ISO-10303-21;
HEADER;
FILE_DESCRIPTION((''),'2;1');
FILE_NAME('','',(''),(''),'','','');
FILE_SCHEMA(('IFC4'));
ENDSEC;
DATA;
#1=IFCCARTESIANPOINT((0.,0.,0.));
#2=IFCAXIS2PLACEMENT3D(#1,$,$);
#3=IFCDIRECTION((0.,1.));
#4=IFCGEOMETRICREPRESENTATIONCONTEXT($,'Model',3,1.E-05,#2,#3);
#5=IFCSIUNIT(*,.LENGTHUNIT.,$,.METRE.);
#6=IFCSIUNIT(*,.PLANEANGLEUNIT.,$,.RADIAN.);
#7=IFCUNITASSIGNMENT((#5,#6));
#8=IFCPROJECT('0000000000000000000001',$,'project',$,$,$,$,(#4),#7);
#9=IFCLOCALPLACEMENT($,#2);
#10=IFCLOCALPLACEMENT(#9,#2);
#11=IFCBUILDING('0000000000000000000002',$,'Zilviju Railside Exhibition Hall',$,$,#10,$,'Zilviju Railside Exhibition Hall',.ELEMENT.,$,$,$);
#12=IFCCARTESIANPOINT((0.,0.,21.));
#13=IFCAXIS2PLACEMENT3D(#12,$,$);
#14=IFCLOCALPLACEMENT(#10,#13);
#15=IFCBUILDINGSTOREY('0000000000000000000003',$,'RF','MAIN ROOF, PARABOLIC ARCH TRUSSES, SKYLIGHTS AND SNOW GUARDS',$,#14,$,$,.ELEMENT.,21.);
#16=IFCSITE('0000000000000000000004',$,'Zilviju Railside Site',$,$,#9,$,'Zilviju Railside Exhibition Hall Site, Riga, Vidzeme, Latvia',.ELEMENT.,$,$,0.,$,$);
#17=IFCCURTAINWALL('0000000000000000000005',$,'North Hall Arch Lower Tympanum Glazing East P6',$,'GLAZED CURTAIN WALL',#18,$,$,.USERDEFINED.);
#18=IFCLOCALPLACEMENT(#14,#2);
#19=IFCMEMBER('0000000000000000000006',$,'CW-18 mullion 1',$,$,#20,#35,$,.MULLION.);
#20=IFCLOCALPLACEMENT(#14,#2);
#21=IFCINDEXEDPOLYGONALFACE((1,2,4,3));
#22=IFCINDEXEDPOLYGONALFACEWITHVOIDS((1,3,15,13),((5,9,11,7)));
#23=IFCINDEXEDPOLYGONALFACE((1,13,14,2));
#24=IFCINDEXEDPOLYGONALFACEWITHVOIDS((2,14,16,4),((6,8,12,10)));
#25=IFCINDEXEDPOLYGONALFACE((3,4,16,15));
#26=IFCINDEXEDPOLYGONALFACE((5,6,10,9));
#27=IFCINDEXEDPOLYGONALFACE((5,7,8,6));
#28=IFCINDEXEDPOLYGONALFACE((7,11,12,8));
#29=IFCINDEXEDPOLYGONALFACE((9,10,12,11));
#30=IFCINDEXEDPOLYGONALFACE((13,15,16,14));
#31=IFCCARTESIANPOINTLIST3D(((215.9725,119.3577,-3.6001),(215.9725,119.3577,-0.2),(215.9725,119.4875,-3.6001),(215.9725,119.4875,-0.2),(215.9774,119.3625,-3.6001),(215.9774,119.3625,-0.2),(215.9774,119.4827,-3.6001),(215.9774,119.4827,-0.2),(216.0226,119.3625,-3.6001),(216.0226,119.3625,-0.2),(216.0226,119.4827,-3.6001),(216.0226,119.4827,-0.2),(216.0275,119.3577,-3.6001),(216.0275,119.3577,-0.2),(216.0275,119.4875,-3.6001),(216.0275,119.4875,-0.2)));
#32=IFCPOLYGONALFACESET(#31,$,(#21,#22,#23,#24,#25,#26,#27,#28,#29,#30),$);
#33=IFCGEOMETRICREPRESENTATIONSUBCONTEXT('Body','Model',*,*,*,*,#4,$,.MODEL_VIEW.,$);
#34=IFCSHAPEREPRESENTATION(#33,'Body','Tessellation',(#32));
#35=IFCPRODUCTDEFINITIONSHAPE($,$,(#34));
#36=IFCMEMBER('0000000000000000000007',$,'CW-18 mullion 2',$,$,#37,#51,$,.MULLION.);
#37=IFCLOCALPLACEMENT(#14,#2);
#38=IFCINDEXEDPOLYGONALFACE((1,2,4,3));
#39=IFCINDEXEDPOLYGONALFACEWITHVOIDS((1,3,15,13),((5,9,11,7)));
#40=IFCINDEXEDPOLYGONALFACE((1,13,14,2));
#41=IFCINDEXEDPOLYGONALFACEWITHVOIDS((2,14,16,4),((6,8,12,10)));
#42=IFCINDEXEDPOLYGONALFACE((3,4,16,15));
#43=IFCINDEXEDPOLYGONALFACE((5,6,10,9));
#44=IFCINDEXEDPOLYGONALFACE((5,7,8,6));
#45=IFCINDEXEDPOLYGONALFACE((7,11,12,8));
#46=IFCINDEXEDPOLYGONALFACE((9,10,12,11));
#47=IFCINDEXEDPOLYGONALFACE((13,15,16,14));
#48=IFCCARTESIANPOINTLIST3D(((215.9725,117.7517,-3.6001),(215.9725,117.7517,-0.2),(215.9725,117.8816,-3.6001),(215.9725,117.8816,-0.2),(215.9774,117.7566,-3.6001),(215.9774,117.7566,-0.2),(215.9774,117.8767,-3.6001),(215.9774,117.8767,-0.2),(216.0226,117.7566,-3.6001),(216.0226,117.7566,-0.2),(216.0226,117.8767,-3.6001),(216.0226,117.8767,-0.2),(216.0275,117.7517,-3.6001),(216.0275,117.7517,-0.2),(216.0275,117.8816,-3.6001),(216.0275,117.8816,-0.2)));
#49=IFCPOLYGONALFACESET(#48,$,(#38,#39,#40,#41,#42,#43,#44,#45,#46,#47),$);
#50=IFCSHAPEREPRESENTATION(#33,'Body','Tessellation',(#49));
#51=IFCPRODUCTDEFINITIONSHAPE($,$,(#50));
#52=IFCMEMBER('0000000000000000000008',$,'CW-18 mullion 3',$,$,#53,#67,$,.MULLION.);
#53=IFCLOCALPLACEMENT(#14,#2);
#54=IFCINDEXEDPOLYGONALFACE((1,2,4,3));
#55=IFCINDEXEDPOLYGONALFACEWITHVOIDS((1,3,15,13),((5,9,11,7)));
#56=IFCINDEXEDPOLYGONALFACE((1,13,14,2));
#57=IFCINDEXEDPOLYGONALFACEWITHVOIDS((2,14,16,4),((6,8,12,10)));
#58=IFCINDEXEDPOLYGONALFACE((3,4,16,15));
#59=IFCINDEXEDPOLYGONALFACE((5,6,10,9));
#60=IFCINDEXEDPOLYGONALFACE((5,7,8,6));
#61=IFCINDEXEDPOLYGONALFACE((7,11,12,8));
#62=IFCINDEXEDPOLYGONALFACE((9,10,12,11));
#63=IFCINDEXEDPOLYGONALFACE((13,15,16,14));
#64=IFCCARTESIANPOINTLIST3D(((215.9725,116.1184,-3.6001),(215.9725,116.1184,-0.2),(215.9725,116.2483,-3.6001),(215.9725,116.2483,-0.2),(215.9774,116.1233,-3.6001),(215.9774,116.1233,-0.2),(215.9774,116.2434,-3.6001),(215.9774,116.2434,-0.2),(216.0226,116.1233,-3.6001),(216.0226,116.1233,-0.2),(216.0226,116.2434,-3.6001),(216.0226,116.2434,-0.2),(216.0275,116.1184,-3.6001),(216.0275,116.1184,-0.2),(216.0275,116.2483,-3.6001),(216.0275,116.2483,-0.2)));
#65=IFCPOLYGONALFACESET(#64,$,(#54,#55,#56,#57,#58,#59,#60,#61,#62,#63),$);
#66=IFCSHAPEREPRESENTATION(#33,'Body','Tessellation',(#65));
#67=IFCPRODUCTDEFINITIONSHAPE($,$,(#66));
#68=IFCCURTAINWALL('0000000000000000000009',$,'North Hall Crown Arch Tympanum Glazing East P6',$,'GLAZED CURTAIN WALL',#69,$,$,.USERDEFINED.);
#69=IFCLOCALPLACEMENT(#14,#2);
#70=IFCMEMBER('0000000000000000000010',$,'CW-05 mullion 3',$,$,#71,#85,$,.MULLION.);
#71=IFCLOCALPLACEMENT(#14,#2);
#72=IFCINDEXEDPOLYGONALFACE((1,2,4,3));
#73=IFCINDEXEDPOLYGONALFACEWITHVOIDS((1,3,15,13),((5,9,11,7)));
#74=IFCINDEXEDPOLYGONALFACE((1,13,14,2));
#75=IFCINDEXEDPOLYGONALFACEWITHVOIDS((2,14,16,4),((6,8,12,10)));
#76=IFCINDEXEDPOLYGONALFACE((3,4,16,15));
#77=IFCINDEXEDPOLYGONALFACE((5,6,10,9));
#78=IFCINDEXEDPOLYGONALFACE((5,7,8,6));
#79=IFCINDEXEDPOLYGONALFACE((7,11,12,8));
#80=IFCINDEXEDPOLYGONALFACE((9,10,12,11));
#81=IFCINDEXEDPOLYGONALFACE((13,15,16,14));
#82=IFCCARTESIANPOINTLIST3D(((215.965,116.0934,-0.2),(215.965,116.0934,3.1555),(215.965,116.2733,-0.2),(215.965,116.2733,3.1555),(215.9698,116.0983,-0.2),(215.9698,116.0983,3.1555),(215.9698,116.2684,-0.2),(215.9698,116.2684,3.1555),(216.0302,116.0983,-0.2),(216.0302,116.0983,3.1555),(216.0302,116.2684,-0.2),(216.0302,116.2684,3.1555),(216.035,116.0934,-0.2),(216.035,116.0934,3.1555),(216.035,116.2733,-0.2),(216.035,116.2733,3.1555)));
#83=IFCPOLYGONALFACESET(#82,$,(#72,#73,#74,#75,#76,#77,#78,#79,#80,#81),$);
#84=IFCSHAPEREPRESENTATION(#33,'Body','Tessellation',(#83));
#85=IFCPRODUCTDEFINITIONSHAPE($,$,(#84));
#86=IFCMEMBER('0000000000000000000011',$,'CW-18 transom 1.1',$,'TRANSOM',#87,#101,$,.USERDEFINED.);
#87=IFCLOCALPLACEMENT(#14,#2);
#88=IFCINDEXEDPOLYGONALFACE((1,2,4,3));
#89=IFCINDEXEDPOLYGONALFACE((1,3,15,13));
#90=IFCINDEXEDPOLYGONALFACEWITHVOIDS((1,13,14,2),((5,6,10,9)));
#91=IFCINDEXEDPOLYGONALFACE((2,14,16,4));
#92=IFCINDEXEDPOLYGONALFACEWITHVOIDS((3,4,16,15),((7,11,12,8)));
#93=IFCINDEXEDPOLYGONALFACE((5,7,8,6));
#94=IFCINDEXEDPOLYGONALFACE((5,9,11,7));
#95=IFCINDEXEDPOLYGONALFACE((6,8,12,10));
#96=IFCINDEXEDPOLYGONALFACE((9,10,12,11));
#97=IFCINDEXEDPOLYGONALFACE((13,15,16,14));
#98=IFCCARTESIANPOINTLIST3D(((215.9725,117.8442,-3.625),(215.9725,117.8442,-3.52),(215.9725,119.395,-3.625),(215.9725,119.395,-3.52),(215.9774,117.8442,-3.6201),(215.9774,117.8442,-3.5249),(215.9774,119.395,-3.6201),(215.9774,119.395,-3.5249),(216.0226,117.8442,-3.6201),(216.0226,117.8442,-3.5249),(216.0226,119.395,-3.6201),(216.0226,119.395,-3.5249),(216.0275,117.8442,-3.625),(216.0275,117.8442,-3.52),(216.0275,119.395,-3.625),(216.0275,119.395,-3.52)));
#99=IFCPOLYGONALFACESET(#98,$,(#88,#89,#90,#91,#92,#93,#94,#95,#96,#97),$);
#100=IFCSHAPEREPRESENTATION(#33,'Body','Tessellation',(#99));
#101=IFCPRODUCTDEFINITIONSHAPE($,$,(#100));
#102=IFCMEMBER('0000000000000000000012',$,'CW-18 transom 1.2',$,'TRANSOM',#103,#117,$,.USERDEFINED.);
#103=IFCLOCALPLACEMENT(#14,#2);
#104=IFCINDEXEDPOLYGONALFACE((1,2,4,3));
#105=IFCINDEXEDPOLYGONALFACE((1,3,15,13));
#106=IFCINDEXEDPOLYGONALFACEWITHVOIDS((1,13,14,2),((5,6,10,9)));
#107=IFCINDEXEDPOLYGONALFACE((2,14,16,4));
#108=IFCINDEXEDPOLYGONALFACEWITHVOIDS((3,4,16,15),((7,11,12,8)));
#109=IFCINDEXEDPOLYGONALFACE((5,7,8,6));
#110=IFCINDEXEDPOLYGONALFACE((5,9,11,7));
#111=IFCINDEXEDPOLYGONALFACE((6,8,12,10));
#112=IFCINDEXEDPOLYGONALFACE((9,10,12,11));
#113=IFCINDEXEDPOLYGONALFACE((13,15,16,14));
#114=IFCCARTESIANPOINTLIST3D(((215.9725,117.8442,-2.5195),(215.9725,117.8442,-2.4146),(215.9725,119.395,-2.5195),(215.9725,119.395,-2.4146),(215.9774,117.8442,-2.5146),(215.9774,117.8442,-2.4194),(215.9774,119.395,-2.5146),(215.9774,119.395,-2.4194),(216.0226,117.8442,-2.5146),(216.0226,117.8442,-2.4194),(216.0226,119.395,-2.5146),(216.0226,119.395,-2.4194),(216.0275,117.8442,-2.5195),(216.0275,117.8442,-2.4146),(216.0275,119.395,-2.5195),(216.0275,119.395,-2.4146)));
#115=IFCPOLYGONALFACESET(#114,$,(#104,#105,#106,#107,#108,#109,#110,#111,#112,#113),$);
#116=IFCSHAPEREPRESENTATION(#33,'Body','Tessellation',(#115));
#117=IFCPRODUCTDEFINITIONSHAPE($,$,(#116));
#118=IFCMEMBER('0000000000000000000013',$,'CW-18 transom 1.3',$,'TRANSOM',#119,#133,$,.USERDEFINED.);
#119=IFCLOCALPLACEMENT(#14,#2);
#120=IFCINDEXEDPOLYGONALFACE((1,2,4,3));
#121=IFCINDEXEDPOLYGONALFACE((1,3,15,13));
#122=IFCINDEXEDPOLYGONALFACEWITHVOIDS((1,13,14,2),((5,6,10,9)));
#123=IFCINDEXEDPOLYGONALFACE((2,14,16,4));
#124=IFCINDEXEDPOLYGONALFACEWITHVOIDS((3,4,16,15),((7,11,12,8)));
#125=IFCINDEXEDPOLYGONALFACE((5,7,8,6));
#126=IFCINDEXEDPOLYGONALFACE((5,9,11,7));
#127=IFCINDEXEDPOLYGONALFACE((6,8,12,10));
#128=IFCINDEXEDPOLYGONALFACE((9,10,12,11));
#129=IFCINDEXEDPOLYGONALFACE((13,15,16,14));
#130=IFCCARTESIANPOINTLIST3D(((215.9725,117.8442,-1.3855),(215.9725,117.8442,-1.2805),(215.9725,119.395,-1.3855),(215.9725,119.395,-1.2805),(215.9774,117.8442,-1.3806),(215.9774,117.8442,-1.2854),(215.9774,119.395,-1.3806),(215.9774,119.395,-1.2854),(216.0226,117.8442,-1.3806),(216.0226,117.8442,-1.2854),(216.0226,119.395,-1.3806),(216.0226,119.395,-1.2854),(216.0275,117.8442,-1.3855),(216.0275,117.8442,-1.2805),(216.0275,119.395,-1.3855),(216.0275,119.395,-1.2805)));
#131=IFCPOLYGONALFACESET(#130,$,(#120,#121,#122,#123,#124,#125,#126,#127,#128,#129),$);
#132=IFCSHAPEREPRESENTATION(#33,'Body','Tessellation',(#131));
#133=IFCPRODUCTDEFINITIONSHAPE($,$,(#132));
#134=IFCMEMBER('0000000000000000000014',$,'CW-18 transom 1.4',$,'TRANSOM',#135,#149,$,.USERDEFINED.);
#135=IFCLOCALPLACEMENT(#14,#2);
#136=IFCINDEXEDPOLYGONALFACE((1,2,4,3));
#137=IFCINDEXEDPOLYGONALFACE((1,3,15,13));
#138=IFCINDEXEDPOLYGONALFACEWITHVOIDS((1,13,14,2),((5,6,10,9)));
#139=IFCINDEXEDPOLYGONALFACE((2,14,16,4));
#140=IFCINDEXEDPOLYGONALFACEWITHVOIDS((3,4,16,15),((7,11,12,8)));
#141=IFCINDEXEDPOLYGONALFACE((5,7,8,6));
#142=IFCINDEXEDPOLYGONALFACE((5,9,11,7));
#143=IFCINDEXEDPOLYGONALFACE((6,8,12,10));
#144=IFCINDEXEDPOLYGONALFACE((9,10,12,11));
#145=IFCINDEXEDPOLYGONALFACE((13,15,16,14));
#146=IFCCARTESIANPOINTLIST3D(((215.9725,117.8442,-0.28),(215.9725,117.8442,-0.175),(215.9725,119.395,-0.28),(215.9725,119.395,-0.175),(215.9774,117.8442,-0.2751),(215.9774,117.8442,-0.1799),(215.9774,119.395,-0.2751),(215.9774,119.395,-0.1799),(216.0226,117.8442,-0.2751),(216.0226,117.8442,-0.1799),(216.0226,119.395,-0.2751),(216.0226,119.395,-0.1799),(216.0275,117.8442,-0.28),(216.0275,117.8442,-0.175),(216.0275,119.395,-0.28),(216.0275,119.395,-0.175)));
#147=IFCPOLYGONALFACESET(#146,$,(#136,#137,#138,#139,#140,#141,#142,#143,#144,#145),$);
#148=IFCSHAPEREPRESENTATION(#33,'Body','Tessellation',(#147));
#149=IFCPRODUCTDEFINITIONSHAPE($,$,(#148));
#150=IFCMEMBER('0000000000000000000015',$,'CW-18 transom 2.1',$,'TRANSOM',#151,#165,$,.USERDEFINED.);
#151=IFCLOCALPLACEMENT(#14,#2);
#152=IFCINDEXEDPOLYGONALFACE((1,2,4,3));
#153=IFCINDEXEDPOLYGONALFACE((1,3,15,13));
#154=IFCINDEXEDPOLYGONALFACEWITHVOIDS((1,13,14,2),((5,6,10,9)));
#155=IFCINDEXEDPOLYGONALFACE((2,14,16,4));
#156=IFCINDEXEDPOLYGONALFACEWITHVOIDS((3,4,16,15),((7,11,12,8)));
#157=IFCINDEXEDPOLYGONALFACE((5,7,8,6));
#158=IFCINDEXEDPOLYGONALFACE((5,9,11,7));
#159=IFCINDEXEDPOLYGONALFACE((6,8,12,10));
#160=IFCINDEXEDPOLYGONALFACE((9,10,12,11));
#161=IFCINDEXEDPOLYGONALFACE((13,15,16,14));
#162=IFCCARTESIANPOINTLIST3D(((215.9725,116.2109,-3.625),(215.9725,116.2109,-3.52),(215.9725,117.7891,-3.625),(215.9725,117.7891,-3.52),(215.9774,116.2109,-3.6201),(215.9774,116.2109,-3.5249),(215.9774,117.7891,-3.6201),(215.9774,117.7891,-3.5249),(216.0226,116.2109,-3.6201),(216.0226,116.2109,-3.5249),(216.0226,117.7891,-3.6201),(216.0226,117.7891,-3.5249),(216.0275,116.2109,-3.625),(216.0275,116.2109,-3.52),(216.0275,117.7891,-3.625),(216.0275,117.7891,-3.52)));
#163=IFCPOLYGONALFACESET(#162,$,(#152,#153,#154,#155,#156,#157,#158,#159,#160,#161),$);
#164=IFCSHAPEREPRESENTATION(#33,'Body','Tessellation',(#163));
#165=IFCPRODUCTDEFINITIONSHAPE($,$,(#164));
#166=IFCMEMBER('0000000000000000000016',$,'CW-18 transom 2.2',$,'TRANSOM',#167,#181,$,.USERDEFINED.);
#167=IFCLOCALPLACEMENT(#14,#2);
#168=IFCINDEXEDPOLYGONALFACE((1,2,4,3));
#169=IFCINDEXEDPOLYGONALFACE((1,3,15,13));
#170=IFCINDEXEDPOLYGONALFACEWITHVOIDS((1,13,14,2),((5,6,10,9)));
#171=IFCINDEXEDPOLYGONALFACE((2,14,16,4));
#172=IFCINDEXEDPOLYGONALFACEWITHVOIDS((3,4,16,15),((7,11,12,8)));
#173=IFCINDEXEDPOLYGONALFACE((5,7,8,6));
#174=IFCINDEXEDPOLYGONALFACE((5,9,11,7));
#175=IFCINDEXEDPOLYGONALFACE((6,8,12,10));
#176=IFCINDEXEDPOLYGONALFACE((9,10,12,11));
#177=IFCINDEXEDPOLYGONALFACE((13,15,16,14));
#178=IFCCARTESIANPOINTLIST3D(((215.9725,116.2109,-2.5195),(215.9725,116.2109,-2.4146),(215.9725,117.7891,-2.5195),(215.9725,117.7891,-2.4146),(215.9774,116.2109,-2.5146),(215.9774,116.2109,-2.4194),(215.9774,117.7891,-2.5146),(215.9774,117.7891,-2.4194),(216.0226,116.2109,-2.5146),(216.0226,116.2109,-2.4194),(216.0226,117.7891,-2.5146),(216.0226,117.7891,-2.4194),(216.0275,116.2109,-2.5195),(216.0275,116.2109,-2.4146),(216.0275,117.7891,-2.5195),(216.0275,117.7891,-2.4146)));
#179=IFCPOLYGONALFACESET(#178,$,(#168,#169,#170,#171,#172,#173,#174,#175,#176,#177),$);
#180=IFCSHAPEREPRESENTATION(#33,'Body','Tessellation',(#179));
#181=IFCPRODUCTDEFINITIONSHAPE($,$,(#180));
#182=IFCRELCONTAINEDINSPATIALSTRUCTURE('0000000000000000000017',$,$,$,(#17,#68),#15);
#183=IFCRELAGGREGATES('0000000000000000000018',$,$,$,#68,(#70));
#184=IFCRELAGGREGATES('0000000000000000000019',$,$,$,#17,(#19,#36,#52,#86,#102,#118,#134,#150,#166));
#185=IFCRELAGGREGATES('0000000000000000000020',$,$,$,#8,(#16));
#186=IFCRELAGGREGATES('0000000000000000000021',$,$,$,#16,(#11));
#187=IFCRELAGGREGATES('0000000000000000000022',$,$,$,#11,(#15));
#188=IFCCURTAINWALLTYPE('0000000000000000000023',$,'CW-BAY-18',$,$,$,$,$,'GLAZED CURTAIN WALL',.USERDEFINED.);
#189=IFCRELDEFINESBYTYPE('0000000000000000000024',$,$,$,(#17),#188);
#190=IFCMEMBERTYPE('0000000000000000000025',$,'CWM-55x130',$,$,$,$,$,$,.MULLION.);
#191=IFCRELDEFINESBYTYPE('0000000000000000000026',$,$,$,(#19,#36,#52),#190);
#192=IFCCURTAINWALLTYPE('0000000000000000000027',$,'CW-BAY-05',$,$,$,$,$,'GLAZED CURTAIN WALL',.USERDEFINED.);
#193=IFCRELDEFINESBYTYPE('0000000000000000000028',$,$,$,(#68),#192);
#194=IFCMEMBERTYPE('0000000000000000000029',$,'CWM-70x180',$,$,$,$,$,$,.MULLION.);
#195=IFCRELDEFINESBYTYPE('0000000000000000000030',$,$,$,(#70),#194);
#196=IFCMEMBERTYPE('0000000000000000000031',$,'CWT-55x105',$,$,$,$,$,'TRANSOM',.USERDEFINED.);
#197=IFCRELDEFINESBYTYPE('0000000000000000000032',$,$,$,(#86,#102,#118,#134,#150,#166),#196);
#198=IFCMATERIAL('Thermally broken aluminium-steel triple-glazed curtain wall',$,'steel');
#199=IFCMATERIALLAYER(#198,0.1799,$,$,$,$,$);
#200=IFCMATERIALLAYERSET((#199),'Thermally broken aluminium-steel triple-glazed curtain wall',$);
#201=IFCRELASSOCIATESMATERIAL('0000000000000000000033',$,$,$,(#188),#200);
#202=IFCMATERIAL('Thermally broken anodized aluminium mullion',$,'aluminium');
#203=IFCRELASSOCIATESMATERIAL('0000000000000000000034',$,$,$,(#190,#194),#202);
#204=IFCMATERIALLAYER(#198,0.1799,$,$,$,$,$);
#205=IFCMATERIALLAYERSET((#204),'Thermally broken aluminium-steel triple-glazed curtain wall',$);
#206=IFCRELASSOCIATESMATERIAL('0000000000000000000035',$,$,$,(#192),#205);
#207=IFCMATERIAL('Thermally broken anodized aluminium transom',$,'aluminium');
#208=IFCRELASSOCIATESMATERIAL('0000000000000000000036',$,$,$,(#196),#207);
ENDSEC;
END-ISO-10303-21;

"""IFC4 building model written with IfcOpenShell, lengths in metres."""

from ifc_helpers import new_model, si_unit, direction, frame, origin, origin_2d, place, context, subcontext, project, spatial, hollow_rectangle, extrude, material, layer, layer_set, material_profile, profile_set, type_object, element, aggregate, save


model = new_model("IFC4")

# Units and contexts
model_context = context("Model", 3, precision=1e-05, world=origin(), true_north=direction((0.0, 1.0)))
body_context = subcontext(model_context, "Body", "Model", "MODEL_VIEW")
ifc_project = project(units=[si_unit("LENGTHUNIT", "METRE"), si_unit("PLANEANGLEUNIT", "RADIAN")], contexts=[model_context])

# Site, building, storey
site_placement = place(None, origin())
site = spatial("IfcSite", under=ifc_project, at=site_placement, Name="Zilviju Railside Site", LongName="Zilviju Railside Exhibition Hall Site, Riga, Vidzeme, Latvia", CompositionType="ELEMENT", RefElevation=0.0)
building_placement = place(site_placement, origin())
building = spatial("IfcBuilding", under=site, at=building_placement, Name="Zilviju Railside Exhibition Hall", LongName="Zilviju Railside Exhibition Hall", CompositionType="ELEMENT")
storey_placement = place(building_placement, frame((0.0, 0.0, 21.0)))
storey = spatial("IfcBuildingStorey", under=building, at=storey_placement, Name="RF", Description="MAIN ROOF, PARABOLIC ARCH TRUSSES, SKYLIGHTS AND SNOW GUARDS", CompositionType="ELEMENT", Elevation=21.0)

# Curtain wall, members
ifc_material_1 = material(Name="Thermally broken aluminium-steel triple-glazed curtain wall", Category="steel")
ifc_layer_1 = layer(ifc_material_1, 0.1799)
ifc_layer_set_1 = layer_set([ifc_layer_1], Name="Thermally broken aluminium-steel triple-glazed curtain wall")
curtain_wall_type_1 = type_object("IfcCurtainWallType", Name="CW-BAY-18", ElementType="GLAZED CURTAIN WALL", PredefinedType="USERDEFINED", material=ifc_layer_set_1)
curtain_wall_1_placement = place(storey_placement, origin())
curtain_wall_1 = element("IfcCurtainWall", 1, at=curtain_wall_1_placement, inside=storey, type_object=curtain_wall_type_1, Name="North Hall Arch Lower Tympanum Glazing East P6", ObjectType="GLAZED CURTAIN WALL", PredefinedType="USERDEFINED")
ifc_material_2 = material(Name="Thermally broken anodized aluminium mullion", Category="aluminium")
ifc_material_profile_1 = material_profile(ifc_material_2, hollow_rectangle(XDim=0.0549, YDim=0.1299, WallThickness=0.0049, at=origin_2d()), Name="MULLION 130x55x5")
ifc_profile_set_1 = profile_set([ifc_material_profile_1], Name="Thermally broken anodized aluminium mullion")
member_type_1 = type_object("IfcMemberType", Name="CWM-55x130", PredefinedType="MULLION", material=ifc_profile_set_1)
member_1_placement = place(storey_placement, frame((216.0, 119.4226, -3.6001), z_axis=(0.0, 0.0, 1.0), x_axis=(1.0, 0.0, 0.0)))
member_1 = element("IfcMember", 2, at=member_1_placement, type_object=member_type_1, Name="CW-18 mullion 1", PredefinedType="MULLION", context=body_context, shape_type="SweptSolid", body=[
    extrude(hollow_rectangle(XDim=0.0549, YDim=0.1299, WallThickness=0.0049, at=origin_2d()), origin(), (0.0, 0.0, 1.0), 3.4001),
])
member_2_placement = place(storey_placement, frame((216.0, 117.8167, -3.6001), z_axis=(0.0, 0.0, 1.0), x_axis=(1.0, 0.0, 0.0)))
member_2 = element("IfcMember", 3, at=member_2_placement, type_object=member_type_1, Name="CW-18 mullion 2", PredefinedType="MULLION", context=body_context, shape_type="SweptSolid", body=[
    extrude(hollow_rectangle(XDim=0.0549, YDim=0.1299, WallThickness=0.0049, at=origin_2d()), origin(), (0.0, 0.0, 1.0), 3.4001),
])
member_3_placement = place(storey_placement, frame((216.0, 116.1833, -3.6001), z_axis=(0.0, 0.0, 1.0), x_axis=(1.0, 0.0, 0.0)))
member_3 = element("IfcMember", 4, at=member_3_placement, type_object=member_type_1, Name="CW-18 mullion 3", PredefinedType="MULLION", context=body_context, shape_type="SweptSolid", body=[
    extrude(hollow_rectangle(XDim=0.0549, YDim=0.1299, WallThickness=0.0049, at=origin_2d()), origin(), (0.0, 0.0, 1.0), 3.4001),
])

# Curtain wall, member
ifc_layer_2 = layer(ifc_material_1, 0.1799)
ifc_layer_set_2 = layer_set([ifc_layer_2], Name="Thermally broken aluminium-steel triple-glazed curtain wall")
curtain_wall_type_2 = type_object("IfcCurtainWallType", Name="CW-BAY-05", ElementType="GLAZED CURTAIN WALL", PredefinedType="USERDEFINED", material=ifc_layer_set_2)
curtain_wall_2_placement = place(storey_placement, origin())
curtain_wall_2 = element("IfcCurtainWall", 5, at=curtain_wall_2_placement, inside=storey, type_object=curtain_wall_type_2, Name="North Hall Crown Arch Tympanum Glazing East P6", ObjectType="GLAZED CURTAIN WALL", PredefinedType="USERDEFINED")
ifc_material_profile_2 = material_profile(ifc_material_2, hollow_rectangle(XDim=0.0701, YDim=0.1799, WallThickness=0.0049, at=origin_2d()), Name="MULLION 180x70x5")
ifc_profile_set_2 = profile_set([ifc_material_profile_2], Name="Thermally broken anodized aluminium mullion")
member_type_2 = type_object("IfcMemberType", Name="CWM-70x180", PredefinedType="MULLION", material=ifc_profile_set_2)
member_4_placement = place(storey_placement, frame((216.0, 116.1833, -0.2), z_axis=(0.0, 0.0, 1.0), x_axis=(1.0, 0.0, 0.0)))
member_4 = element("IfcMember", 6, at=member_4_placement, type_object=member_type_2, Name="CW-05 mullion 3", PredefinedType="MULLION", context=body_context, shape_type="SweptSolid", body=[
    extrude(hollow_rectangle(XDim=0.0701, YDim=0.1799, WallThickness=0.0049, at=origin_2d()), origin(), (0.0, 0.0, 1.0), 3.3555),
])
aggregate(curtain_wall_2, [member_4])

# Members
ifc_material_3 = material(Name="Thermally broken anodized aluminium transom", Category="aluminium")
ifc_material_profile_3 = material_profile(ifc_material_3, hollow_rectangle(XDim=0.0549, YDim=0.105, WallThickness=0.0049, at=origin_2d()), Name="TRANSOM 105x55x5")
ifc_profile_set_3 = profile_set([ifc_material_profile_3], Name="Thermally broken anodized aluminium transom")
member_type_3 = type_object("IfcMemberType", Name="CWT-55x105", ElementType="TRANSOM", PredefinedType="USERDEFINED", material=ifc_profile_set_3)
member_5_placement = place(storey_placement, frame((216.0, 119.395, -3.5725), z_axis=(0.0, -1.0, 0.0), x_axis=(1.0, 0.0, 0.0)))
member_5 = element("IfcMember", 7, at=member_5_placement, type_object=member_type_3, Name="CW-18 transom 1.1", ObjectType="TRANSOM", PredefinedType="USERDEFINED", context=body_context, shape_type="SweptSolid", body=[
    extrude(hollow_rectangle(XDim=0.0549, YDim=0.105, WallThickness=0.0049, at=origin_2d()), origin(), (0.0, 0.0, 1.0), 1.5508),
])
member_6_placement = place(storey_placement, frame((216.0, 119.395, -2.467), z_axis=(0.0, -1.0, 0.0), x_axis=(1.0, 0.0, 0.0)))
member_6 = element("IfcMember", 8, at=member_6_placement, type_object=member_type_3, Name="CW-18 transom 1.2", ObjectType="TRANSOM", PredefinedType="USERDEFINED", context=body_context, shape_type="SweptSolid", body=[
    extrude(hollow_rectangle(XDim=0.0549, YDim=0.105, WallThickness=0.0049, at=origin_2d()), origin(), (0.0, 0.0, 1.0), 1.5508),
])
member_7_placement = place(storey_placement, frame((216.0, 119.395, -1.333), z_axis=(0.0, -1.0, 0.0), x_axis=(1.0, 0.0, 0.0)))
member_7 = element("IfcMember", 9, at=member_7_placement, type_object=member_type_3, Name="CW-18 transom 1.3", ObjectType="TRANSOM", PredefinedType="USERDEFINED", context=body_context, shape_type="SweptSolid", body=[
    extrude(hollow_rectangle(XDim=0.0549, YDim=0.105, WallThickness=0.0049, at=origin_2d()), origin(), (0.0, 0.0, 1.0), 1.5508),
])
member_8_placement = place(storey_placement, frame((216.0, 119.395, -0.2275), z_axis=(0.0, -1.0, 0.0), x_axis=(1.0, 0.0, 0.0)))
member_8 = element("IfcMember", 10, at=member_8_placement, type_object=member_type_3, Name="CW-18 transom 1.4", ObjectType="TRANSOM", PredefinedType="USERDEFINED", context=body_context, shape_type="SweptSolid", body=[
    extrude(hollow_rectangle(XDim=0.0549, YDim=0.105, WallThickness=0.0049, at=origin_2d()), origin(), (0.0, 0.0, 1.0), 1.5508),
])
member_9_placement = place(storey_placement, frame((216.0, 117.7891, -3.5725), z_axis=(0.0, -1.0, 0.0), x_axis=(1.0, 0.0, 0.0)))
member_9 = element("IfcMember", 11, at=member_9_placement, type_object=member_type_3, Name="CW-18 transom 2.1", ObjectType="TRANSOM", PredefinedType="USERDEFINED", context=body_context, shape_type="SweptSolid", body=[
    extrude(hollow_rectangle(XDim=0.0549, YDim=0.105, WallThickness=0.0049, at=origin_2d()), origin(), (0.0, 0.0, 1.0), 1.5781),
])
member_10_placement = place(storey_placement, frame((216.0, 117.7891, -2.467), z_axis=(0.0, -1.0, 0.0), x_axis=(1.0, 0.0, 0.0)))
member_10 = element("IfcMember", 12, at=member_10_placement, type_object=member_type_3, Name="CW-18 transom 2.2", ObjectType="TRANSOM", PredefinedType="USERDEFINED", context=body_context, shape_type="SweptSolid", body=[
    extrude(hollow_rectangle(XDim=0.0549, YDim=0.105, WallThickness=0.0049, at=origin_2d()), origin(), (0.0, 0.0, 1.0), 1.5781),
])

aggregate(curtain_wall_1, [member_1, member_2, member_3, member_5, member_6, member_7, member_8, member_9, member_10])

save(model, "model.ifc")
